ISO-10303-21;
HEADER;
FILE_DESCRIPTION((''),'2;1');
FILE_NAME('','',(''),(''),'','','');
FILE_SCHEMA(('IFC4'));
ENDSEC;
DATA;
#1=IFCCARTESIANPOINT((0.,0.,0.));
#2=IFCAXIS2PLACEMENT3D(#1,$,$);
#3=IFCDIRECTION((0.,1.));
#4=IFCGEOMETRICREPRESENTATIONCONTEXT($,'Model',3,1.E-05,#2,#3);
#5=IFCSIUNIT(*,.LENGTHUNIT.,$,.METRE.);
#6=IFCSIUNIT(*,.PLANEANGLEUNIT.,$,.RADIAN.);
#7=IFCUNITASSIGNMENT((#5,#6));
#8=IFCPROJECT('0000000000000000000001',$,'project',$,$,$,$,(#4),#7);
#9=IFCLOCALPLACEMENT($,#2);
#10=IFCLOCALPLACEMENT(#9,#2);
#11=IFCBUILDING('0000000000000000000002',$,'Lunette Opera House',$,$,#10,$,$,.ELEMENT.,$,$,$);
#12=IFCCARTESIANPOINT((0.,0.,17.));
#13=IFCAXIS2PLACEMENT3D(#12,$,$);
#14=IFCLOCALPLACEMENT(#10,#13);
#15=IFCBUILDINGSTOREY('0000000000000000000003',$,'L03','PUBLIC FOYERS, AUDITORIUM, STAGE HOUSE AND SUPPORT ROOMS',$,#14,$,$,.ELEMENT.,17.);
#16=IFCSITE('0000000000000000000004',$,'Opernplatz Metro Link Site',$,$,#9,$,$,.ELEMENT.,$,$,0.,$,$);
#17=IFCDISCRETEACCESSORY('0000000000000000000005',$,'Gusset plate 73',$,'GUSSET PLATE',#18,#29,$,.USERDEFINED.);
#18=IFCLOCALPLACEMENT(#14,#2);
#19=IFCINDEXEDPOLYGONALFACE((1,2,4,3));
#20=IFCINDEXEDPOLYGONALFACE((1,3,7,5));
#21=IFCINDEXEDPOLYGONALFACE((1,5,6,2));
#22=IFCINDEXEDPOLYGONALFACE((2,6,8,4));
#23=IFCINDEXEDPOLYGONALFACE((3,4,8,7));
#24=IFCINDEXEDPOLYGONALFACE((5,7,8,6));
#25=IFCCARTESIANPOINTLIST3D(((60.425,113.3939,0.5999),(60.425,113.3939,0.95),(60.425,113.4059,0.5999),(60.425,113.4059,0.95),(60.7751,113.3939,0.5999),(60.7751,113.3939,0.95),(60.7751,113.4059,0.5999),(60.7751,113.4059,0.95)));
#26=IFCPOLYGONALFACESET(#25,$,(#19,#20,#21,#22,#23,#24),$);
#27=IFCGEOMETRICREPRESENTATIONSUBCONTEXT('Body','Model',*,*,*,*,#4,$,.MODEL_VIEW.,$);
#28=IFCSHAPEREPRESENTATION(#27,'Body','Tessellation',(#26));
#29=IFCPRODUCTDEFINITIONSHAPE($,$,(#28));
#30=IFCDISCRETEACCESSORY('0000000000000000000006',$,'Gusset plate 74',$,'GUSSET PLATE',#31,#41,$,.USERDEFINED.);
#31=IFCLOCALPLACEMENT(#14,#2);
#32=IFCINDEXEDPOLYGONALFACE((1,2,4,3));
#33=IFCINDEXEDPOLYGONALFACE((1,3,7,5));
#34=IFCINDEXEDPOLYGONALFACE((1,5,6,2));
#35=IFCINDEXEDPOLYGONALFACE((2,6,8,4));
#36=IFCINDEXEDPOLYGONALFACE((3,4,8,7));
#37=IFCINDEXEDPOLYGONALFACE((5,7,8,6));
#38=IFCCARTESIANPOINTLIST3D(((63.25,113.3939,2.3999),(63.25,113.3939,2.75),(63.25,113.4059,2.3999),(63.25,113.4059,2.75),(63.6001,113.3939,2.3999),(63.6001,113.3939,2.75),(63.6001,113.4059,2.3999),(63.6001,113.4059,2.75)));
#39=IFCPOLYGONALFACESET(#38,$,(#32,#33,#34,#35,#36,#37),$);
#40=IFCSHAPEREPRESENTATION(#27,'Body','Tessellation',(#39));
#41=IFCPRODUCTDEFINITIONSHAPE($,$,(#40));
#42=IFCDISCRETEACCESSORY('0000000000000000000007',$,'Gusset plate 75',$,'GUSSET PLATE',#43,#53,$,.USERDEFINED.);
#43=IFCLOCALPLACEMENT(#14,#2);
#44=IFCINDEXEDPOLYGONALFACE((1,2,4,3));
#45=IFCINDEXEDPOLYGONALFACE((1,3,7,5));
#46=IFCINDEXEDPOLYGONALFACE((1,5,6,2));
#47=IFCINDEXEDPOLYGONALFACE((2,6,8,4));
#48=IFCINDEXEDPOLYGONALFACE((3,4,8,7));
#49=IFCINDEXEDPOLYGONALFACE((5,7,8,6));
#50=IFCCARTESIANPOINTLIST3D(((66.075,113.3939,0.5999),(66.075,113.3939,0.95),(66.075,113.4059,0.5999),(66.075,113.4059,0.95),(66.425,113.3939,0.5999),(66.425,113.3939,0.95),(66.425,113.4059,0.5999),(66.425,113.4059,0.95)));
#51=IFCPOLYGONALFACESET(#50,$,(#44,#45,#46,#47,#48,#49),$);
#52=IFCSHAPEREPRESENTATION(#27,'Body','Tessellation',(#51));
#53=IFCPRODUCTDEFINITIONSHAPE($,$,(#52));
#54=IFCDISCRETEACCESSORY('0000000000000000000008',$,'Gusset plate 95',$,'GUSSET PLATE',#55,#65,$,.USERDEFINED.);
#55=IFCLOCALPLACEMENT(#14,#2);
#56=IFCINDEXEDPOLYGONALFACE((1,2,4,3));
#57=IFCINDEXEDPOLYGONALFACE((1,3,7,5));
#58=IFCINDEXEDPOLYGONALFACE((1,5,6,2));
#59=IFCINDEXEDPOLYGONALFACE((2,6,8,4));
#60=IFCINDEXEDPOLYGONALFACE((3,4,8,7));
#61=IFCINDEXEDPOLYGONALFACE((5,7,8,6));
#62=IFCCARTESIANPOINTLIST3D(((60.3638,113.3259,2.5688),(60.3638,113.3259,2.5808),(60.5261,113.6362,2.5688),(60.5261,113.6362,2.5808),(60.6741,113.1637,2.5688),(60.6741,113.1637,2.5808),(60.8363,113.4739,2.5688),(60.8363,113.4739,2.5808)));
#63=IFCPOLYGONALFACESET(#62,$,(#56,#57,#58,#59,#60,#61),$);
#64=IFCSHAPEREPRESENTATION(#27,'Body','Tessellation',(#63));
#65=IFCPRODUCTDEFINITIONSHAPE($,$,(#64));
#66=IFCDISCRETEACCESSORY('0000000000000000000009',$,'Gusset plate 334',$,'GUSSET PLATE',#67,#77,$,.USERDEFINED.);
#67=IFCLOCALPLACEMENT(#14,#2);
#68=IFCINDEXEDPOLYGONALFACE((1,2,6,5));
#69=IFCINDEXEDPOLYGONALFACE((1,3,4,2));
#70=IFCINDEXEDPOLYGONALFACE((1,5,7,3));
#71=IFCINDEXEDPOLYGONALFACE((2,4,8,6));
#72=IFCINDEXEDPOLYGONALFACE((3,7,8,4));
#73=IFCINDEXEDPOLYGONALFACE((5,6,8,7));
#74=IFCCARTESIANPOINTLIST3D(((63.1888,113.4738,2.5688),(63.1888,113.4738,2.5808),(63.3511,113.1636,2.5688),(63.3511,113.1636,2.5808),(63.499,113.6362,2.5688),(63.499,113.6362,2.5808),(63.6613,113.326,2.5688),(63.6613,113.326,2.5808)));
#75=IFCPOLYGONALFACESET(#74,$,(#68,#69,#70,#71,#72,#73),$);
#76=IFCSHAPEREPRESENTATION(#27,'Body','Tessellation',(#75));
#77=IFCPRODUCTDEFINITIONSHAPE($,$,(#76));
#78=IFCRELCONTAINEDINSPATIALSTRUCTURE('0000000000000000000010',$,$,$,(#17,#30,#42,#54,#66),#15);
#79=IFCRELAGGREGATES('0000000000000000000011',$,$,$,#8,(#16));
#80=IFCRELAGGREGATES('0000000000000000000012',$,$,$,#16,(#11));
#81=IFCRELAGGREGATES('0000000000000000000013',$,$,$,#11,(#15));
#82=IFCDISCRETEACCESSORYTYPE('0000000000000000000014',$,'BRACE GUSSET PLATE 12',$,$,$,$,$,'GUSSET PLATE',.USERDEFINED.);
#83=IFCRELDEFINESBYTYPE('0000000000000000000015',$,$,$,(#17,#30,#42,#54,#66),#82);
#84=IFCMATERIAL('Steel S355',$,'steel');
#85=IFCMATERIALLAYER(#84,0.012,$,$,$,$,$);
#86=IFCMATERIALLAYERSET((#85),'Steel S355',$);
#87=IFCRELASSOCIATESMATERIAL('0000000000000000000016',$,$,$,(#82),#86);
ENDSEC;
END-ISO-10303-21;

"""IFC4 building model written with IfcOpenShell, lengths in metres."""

from ifc_helpers import new_model, si_unit, direction, frame, origin, origin_2d, place, context, subcontext, project, spatial, rectangle, extrude, material, layer, layer_set, type_object, element, save


model = new_model("IFC4")

# Units and contexts
model_context = context("Model", 3, precision=1e-05, world=origin(), true_north=direction((0.0, 1.0)))
body_context = subcontext(model_context, "Body", "Model", "MODEL_VIEW")
ifc_project = project(units=[si_unit("LENGTHUNIT", "METRE"), si_unit("PLANEANGLEUNIT", "RADIAN")], contexts=[model_context])

# Site, building, storey
site_placement = place(None, origin())
site = spatial("IfcSite", under=ifc_project, at=site_placement, Name="Opernplatz Metro Link Site", CompositionType="ELEMENT", RefElevation=0.0)
building_placement = place(site_placement, origin())
building = spatial("IfcBuilding", under=site, at=building_placement, Name="Lunette Opera House", CompositionType="ELEMENT")
storey_placement = place(building_placement, frame((0.0, 0.0, 17.0)))
storey = spatial("IfcBuildingStorey", under=building, at=storey_placement, Name="L03", Description="PUBLIC FOYERS, AUDITORIUM, STAGE HOUSE AND SUPPORT ROOMS", CompositionType="ELEMENT", Elevation=17.0)

# Discrete accessories
ifc_material_1 = material(Name="Steel S355", Category="steel")
ifc_layer_1 = layer(ifc_material_1, 0.012)
ifc_layer_set_1 = layer_set([ifc_layer_1], Name="Steel S355")
discrete_accessory_type = type_object("IfcDiscreteAccessoryType", Name="BRACE GUSSET PLATE 12", ElementType="GUSSET PLATE", PredefinedType="USERDEFINED", material=ifc_layer_set_1)
for number, where, z_axis, x_axis, name in (
    (1, (60.6001, 113.3999, 0.5999), (0.0, 0.0, 1.0), (1.0, 0.0, 0.0), "Gusset plate 73"),
    (2, (63.425, 113.3999, 2.3999), (0.0, 0.0, 1.0), (1.0, 0.0, 0.0), "Gusset plate 74"),
    (3, (66.25, 113.3999, 0.5999), (0.0, 0.0, 1.0), (1.0, 0.0, 0.0), "Gusset plate 75"),
):
    element("IfcDiscreteAccessory", number, at=place(storey_placement, frame(where, z_axis=z_axis, x_axis=x_axis)), inside=storey, type_object=discrete_accessory_type, Name=name, ObjectType="GUSSET PLATE", PredefinedType="USERDEFINED", context=body_context, shape_type="SweptSolid", body=[
        extrude(rectangle(XDim=0.3501, YDim=0.012, at=origin_2d()), origin(), (0.0, 0.0, 1.0), 0.3501),
    ])
for number, where, z_axis, x_axis, name in (
    (4, (60.6001, 113.3999, 2.5688), (0.0, 0.0, 1.0), (0.463547, 0.886073, 0.0), "Gusset plate 95"),
    (5, (63.425, 113.3999, 2.5688), (0.0, 0.0, 1.0), (-0.463676, 0.886005, 0.0), "Gusset plate 334"),
):
    element("IfcDiscreteAccessory", number, at=place(storey_placement, frame(where, z_axis=z_axis, x_axis=x_axis)), inside=storey, type_object=discrete_accessory_type, Name=name, ObjectType="GUSSET PLATE", PredefinedType="USERDEFINED", context=body_context, shape_type="SweptSolid", body=[
        extrude(rectangle(XDim=0.3501, YDim=0.3501, at=origin_2d()), origin(), (0.0, 0.0, 1.0), 0.012),
    ])

save(model, "model.ifc")
